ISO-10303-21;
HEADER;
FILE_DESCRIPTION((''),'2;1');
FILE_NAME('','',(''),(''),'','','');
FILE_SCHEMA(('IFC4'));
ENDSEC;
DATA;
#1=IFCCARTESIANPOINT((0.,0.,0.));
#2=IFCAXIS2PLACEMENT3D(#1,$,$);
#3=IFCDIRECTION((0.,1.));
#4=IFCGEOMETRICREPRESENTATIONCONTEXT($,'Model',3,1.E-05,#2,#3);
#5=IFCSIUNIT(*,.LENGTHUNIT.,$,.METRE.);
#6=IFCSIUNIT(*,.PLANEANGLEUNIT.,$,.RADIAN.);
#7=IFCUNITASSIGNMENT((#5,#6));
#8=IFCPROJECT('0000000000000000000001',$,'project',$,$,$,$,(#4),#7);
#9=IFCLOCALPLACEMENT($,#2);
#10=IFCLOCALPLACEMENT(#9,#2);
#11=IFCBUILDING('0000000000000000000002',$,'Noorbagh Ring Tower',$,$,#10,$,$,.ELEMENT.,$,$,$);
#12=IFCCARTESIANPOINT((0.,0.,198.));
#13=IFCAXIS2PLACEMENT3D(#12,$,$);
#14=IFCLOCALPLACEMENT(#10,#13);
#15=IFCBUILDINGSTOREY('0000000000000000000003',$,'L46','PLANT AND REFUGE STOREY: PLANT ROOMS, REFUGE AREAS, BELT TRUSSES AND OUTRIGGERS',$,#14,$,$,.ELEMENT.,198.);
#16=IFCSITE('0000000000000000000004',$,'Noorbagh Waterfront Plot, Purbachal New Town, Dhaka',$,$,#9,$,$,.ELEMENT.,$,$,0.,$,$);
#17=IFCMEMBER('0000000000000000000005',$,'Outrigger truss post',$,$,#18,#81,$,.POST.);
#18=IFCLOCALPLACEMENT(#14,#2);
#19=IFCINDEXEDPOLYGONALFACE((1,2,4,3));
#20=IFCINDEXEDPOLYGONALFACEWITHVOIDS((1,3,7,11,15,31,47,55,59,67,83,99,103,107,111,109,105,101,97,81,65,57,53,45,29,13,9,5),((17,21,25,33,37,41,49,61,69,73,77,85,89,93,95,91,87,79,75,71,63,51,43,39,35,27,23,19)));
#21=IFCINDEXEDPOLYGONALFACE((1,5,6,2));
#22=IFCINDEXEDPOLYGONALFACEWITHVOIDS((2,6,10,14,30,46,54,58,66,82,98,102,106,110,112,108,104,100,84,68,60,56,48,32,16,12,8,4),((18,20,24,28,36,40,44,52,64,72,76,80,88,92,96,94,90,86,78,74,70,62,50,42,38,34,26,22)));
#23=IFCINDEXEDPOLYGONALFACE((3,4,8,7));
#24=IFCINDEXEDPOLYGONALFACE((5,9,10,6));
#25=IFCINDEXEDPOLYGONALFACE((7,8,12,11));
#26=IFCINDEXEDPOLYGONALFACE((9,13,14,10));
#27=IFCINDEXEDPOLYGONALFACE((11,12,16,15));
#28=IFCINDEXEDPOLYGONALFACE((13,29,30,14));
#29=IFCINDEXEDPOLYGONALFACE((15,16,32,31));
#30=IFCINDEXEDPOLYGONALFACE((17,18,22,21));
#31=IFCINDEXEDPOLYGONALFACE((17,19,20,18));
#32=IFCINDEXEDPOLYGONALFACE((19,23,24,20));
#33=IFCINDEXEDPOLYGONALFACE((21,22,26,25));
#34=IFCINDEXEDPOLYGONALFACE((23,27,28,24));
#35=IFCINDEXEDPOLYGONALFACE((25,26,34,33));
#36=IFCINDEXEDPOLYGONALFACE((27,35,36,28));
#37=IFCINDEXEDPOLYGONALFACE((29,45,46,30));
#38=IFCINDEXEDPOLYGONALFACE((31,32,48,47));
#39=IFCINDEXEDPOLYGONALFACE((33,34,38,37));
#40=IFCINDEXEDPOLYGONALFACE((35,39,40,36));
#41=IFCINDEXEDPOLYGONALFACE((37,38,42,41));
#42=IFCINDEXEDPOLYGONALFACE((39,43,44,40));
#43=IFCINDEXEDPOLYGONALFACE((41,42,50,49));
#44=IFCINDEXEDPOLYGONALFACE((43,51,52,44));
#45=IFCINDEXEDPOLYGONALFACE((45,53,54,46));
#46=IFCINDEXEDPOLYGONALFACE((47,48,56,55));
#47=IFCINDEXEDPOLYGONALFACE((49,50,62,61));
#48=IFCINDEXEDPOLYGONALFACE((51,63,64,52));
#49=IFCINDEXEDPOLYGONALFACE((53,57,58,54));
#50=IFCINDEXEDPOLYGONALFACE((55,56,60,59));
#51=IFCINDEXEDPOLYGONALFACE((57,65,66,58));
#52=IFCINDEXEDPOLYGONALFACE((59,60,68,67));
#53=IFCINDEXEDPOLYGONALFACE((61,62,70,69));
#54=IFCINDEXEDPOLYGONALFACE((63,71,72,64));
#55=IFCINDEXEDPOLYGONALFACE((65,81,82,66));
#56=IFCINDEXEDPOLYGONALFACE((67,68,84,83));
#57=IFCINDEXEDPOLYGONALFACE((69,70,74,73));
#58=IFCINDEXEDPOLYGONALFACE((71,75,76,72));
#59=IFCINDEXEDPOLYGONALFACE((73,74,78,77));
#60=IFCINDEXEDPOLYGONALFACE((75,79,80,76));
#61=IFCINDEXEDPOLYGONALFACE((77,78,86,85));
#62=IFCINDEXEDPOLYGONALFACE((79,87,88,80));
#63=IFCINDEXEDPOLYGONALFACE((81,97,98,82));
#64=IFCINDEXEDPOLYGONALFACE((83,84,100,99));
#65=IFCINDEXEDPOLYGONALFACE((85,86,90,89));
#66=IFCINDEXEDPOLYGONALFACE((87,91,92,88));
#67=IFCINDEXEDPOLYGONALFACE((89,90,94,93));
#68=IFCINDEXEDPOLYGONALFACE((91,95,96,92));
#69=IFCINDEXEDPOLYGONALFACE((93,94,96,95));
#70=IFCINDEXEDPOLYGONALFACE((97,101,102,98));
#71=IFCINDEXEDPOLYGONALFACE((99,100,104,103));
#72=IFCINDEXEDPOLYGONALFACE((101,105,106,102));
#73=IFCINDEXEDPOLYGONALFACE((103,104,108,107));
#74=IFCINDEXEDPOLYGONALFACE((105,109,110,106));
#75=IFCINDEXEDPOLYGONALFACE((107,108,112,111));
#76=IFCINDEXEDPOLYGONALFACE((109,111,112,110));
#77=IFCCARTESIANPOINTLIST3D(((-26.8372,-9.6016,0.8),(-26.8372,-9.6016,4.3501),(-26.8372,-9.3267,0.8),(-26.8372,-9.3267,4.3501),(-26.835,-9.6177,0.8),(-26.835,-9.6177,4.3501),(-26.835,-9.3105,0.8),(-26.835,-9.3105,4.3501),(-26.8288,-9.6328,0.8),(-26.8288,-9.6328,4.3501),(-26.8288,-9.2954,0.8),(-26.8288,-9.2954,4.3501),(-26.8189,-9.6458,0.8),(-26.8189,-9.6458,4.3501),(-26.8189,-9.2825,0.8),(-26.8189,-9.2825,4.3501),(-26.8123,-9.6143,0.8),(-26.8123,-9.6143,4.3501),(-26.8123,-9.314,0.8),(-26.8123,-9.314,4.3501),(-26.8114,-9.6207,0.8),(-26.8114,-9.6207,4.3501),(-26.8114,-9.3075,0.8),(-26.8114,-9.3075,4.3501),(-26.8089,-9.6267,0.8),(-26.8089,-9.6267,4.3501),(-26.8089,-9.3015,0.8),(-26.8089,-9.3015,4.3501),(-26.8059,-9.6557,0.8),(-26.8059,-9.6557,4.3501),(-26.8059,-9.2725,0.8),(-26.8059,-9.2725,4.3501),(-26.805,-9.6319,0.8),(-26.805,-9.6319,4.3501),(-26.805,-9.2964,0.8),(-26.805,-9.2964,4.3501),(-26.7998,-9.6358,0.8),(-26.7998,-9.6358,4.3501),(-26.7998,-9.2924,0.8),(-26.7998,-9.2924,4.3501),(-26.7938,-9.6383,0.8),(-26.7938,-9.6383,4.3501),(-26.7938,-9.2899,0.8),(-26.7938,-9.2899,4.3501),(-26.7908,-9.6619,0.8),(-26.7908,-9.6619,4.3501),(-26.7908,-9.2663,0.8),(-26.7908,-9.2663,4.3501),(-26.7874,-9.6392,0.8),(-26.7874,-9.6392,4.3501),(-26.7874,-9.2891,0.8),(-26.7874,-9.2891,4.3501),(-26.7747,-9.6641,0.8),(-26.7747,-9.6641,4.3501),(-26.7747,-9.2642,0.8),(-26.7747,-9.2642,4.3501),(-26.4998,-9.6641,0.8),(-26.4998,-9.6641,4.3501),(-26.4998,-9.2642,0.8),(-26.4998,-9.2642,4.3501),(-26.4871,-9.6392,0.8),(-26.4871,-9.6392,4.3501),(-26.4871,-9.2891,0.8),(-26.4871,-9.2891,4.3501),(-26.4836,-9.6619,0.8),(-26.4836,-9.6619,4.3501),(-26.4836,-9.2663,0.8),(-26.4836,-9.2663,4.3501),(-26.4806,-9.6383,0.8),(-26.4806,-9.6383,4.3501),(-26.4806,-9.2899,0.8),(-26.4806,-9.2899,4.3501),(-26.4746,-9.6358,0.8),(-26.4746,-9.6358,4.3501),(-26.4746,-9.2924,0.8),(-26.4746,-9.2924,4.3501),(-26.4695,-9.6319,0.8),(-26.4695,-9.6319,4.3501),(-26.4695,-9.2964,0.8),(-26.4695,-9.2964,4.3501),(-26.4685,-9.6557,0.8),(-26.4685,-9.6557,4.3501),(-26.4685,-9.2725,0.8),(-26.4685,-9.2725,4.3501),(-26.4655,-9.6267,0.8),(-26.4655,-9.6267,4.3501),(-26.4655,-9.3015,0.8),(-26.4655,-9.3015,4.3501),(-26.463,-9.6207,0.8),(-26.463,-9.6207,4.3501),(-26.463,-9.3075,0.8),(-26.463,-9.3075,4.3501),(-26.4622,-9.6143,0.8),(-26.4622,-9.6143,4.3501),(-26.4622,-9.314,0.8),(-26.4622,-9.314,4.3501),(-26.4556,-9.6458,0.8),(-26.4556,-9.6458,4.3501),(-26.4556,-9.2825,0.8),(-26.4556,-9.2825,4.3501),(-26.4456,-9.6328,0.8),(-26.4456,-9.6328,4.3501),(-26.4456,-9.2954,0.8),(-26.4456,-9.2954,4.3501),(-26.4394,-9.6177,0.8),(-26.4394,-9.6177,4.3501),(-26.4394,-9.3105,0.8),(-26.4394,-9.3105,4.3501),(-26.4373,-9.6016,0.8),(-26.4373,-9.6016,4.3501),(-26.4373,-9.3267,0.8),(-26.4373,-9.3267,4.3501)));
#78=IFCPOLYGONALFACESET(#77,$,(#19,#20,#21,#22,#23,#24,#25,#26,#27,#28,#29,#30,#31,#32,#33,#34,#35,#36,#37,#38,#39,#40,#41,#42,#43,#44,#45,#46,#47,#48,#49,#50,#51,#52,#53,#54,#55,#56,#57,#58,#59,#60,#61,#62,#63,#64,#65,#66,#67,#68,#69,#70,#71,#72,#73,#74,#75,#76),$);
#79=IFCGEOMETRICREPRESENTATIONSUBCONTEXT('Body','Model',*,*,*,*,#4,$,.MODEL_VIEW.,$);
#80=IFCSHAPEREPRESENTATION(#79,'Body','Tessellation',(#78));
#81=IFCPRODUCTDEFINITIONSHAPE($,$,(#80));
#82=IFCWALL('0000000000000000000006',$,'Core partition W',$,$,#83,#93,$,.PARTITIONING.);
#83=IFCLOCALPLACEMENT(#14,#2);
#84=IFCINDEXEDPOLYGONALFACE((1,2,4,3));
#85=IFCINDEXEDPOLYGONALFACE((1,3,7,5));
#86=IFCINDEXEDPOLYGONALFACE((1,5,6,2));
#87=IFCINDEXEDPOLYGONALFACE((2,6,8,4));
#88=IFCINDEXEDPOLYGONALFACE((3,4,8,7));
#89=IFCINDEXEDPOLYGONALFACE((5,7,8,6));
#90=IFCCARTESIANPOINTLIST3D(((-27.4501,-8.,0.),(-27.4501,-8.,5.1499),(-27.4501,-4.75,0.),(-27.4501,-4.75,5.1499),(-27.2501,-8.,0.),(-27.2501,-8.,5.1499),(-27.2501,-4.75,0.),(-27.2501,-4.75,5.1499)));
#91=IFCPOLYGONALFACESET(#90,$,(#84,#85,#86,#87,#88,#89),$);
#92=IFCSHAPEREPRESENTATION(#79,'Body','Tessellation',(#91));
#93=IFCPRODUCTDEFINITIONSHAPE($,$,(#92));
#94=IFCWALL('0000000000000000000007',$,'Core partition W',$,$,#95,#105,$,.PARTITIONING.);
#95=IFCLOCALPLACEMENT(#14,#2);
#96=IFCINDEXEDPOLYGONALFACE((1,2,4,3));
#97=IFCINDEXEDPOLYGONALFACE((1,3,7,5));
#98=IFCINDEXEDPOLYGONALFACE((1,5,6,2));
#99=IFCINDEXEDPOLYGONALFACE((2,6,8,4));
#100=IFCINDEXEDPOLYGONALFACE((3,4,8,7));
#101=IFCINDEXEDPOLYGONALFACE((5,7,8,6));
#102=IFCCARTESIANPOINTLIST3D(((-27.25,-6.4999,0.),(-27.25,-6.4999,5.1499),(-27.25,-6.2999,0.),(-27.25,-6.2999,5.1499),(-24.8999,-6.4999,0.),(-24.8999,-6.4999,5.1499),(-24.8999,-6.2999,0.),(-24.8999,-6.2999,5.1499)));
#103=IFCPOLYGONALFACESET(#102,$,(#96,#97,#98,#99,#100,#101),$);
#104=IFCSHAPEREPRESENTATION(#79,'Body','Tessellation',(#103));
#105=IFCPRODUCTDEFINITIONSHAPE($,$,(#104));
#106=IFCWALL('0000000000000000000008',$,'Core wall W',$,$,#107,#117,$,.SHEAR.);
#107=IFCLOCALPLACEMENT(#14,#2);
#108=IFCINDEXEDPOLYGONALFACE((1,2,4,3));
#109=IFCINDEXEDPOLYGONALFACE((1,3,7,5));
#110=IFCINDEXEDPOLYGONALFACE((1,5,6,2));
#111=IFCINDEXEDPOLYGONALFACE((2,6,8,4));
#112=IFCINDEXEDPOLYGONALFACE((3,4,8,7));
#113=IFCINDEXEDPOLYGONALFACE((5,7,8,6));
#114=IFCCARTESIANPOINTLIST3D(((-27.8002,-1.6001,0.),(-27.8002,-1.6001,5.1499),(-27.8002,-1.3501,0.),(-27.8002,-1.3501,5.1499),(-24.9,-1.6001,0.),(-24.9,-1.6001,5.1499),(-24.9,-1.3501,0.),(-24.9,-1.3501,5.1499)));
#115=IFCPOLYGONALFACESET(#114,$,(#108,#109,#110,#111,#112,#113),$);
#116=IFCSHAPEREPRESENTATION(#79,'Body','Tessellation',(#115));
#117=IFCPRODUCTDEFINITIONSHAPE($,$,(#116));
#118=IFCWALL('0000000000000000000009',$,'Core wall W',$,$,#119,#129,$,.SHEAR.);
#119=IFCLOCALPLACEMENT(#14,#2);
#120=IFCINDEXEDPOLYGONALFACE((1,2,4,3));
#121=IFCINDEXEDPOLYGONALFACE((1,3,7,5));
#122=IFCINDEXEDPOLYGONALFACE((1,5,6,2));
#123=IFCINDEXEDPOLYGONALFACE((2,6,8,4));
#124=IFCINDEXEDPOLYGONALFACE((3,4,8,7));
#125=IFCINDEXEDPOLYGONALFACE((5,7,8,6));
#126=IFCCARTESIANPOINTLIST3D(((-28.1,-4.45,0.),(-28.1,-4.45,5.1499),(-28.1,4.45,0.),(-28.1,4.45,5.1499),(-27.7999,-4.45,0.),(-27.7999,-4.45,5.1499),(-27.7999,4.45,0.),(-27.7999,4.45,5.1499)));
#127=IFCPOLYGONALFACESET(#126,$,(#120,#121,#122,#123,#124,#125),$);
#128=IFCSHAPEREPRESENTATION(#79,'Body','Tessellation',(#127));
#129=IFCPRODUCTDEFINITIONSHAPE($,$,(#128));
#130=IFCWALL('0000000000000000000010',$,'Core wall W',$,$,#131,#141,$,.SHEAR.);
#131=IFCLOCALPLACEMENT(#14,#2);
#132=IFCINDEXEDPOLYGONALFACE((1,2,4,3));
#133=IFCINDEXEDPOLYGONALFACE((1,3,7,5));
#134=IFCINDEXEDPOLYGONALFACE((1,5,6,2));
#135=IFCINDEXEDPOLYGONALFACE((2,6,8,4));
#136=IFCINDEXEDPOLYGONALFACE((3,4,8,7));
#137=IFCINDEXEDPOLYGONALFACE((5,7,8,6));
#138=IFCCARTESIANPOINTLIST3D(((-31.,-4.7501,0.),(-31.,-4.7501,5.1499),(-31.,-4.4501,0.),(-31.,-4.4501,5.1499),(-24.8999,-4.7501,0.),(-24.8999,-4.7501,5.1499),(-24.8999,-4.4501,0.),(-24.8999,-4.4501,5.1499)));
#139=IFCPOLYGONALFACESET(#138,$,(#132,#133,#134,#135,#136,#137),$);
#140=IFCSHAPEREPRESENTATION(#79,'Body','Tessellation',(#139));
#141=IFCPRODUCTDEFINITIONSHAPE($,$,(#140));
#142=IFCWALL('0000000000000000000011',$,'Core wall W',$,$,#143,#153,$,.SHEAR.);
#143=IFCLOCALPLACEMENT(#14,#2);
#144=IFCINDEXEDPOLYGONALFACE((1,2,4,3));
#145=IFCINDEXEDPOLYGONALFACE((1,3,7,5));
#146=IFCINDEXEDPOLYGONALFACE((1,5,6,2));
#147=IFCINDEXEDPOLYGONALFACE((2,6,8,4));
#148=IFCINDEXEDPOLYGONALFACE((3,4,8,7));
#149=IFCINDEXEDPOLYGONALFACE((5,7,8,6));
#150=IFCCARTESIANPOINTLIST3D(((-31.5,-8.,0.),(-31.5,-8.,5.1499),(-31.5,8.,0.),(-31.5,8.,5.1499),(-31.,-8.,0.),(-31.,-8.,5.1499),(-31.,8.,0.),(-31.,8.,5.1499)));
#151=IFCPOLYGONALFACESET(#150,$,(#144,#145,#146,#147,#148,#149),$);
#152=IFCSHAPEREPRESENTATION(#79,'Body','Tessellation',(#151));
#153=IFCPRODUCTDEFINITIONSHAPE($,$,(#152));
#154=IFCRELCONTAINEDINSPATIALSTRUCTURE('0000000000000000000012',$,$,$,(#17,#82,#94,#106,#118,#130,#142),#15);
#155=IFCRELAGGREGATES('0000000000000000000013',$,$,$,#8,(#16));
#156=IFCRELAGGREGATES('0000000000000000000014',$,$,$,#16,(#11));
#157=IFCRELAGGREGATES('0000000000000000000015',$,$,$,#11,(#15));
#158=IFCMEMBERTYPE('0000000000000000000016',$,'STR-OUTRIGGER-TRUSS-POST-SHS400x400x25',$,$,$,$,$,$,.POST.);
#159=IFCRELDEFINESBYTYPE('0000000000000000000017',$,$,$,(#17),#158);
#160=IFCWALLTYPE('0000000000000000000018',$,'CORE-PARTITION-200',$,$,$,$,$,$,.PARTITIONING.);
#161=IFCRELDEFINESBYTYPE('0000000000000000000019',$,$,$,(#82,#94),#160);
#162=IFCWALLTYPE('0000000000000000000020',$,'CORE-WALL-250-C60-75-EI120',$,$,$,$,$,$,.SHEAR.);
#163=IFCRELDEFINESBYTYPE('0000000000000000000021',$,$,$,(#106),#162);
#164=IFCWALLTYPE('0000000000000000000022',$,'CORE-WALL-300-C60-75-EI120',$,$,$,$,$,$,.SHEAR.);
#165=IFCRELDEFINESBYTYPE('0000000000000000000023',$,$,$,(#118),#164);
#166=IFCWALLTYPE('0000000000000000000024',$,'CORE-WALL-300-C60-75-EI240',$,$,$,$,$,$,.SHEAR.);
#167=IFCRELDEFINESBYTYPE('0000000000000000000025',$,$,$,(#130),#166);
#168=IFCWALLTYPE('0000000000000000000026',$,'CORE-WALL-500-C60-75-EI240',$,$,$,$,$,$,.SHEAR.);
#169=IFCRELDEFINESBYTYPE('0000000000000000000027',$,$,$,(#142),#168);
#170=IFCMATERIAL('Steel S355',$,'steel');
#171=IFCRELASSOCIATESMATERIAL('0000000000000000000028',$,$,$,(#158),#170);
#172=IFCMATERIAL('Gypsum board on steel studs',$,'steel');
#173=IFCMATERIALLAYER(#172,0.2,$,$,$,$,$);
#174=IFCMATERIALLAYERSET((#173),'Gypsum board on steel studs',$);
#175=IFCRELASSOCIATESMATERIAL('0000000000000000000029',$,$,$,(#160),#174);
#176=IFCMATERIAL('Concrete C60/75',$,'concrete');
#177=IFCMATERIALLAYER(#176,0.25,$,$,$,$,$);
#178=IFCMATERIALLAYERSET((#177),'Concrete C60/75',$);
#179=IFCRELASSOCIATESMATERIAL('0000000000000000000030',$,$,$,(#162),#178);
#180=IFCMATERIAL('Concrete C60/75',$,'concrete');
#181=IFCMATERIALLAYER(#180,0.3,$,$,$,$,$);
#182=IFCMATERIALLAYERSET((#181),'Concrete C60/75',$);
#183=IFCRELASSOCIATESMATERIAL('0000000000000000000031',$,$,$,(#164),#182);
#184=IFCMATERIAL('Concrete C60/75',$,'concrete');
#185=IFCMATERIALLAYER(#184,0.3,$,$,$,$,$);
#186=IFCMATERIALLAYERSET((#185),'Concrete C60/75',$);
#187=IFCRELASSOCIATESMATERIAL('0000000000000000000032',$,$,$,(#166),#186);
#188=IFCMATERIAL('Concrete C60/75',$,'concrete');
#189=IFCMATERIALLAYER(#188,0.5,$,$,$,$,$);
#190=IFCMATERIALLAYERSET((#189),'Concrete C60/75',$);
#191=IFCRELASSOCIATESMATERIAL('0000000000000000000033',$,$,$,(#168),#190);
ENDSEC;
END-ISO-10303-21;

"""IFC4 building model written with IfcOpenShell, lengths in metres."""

from ifc_helpers import new_model, si_unit, direction, frame, frame_2d, origin, origin_2d, place, context, subcontext, project, spatial, rectangle, hollow_rectangle, extrude, material, layer, layer_set, material_profile, profile_set, type_object, element, save


model = new_model("IFC4")

# Units and contexts
model_context = context("Model", 3, precision=1e-05, world=origin(), true_north=direction((0.0, 1.0)))
body_context = subcontext(model_context, "Body", "Model", "MODEL_VIEW")
ifc_project = project(units=[si_unit("LENGTHUNIT", "METRE"), si_unit("PLANEANGLEUNIT", "RADIAN")], contexts=[model_context])

# Site, building, storey
site_placement = place(None, origin())
site = spatial("IfcSite", under=ifc_project, at=site_placement, Name="Noorbagh Waterfront Plot, Purbachal New Town, Dhaka", CompositionType="ELEMENT", RefElevation=0.0)
building_placement = place(site_placement, origin())
building = spatial("IfcBuilding", under=site, at=building_placement, Name="Noorbagh Ring Tower", CompositionType="ELEMENT")
storey_placement = place(building_placement, frame((0.0, 0.0, 198.0)))
storey = spatial("IfcBuildingStorey", under=building, at=storey_placement, Name="L46", Description="PLANT AND REFUGE STOREY: PLANT ROOMS, REFUGE AREAS, BELT TRUSSES AND OUTRIGGERS", CompositionType="ELEMENT", Elevation=198.0)

# Member
ifc_material_1 = material(Name="Steel S355", Category="steel")
ifc_material_profile_1 = material_profile(ifc_material_1, hollow_rectangle(XDim=0.3999, YDim=0.3999, WallThickness=0.0249, InnerFilletRadius=0.0249, OuterFilletRadius=0.0625, at=origin_2d()), Name="SHS400x400x25")
ifc_profile_set_1 = profile_set([ifc_material_profile_1], Name="Steel S355")
member_type_1 = type_object("IfcMemberType", Name="STR-OUTRIGGER-TRUSS-POST-SHS400x400x25", PredefinedType="POST", material=ifc_profile_set_1)
member_1_placement = place(storey_placement, frame((-26.6372, -9.4641, 0.8), z_axis=(0.0, 0.0, 1.0), x_axis=(1.0, 0.0, 0.0)))
element("IfcMember", 1, at=member_1_placement, inside=storey, type_object=member_type_1, Name="Outrigger truss post", PredefinedType="POST", context=body_context, shape_type="SweptSolid", body=[
    extrude(hollow_rectangle(XDim=0.3999, YDim=0.3999, WallThickness=0.0249, InnerFilletRadius=0.0249, OuterFilletRadius=0.0625, at=origin_2d()), origin(), (0.0, 0.0, 1.0), 3.55),
])

# Walls
ifc_material_2 = material(Name="Gypsum board on steel studs", Category="steel")
ifc_layer_1 = layer(ifc_material_2, 0.2)
ifc_layer_set_1 = layer_set([ifc_layer_1], Name="Gypsum board on steel studs")
wall_type_1 = type_object("IfcWallType", Name="CORE-PARTITION-200", PredefinedType="PARTITIONING", material=ifc_layer_set_1)
wall_1_placement = place(storey_placement, frame((-27.3501, -8.0, 0.0), z_axis=(0.0, 0.0, 1.0), x_axis=(0.0, 1.0, 0.0)))
element("IfcWall", 2, at=wall_1_placement, inside=storey, type_object=wall_type_1, Name="Core partition W", PredefinedType="PARTITIONING", context=body_context, shape_type="SweptSolid", body=[
    extrude(rectangle(XDim=3.25, YDim=0.2, at=frame_2d((1.625, 0.0))), origin(), (0.0, 0.0, 1.0), 5.1499),
])
wall_2_placement = place(storey_placement, frame((-24.8999, -6.3999, 0.0), z_axis=(0.0, 0.0, 1.0), x_axis=(-1.0, 0.0, 0.0)))
element("IfcWall", 3, at=wall_2_placement, inside=storey, type_object=wall_type_1, Name="Core partition W", PredefinedType="PARTITIONING", context=body_context, shape_type="SweptSolid", body=[
    extrude(rectangle(XDim=2.3501, YDim=0.2, at=frame_2d((1.175, 0.0))), origin(), (0.0, 0.0, 1.0), 5.1499),
])
ifc_material_3 = material(Name="Concrete C60/75", Category="concrete")
ifc_layer_2 = layer(ifc_material_3, 0.25)
ifc_layer_set_2 = layer_set([ifc_layer_2], Name="Concrete C60/75")
wall_type_2 = type_object("IfcWallType", Name="CORE-WALL-250-C60-75-EI120", PredefinedType="SHEAR", material=ifc_layer_set_2)
wall_3_placement = place(storey_placement, frame((-24.8999, -1.4751, 0.0), z_axis=(0.0, 0.0, 1.0), x_axis=(-1.0, 0.0, 0.0)))
element("IfcWall", 4, at=wall_3_placement, inside=storey, type_object=wall_type_2, Name="Core wall W", PredefinedType="SHEAR", context=body_context, shape_type="SweptSolid", body=[
    extrude(rectangle(XDim=2.9001, YDim=0.25, at=frame_2d((1.4502, 0.0))), origin(), (0.0, 0.0, 1.0), 5.1499),
])
ifc_material_4 = material(Name="Concrete C60/75", Category="concrete")
ifc_layer_3 = layer(ifc_material_4, 0.3)
ifc_layer_set_3 = layer_set([ifc_layer_3], Name="Concrete C60/75")
wall_type_3 = type_object("IfcWallType", Name="CORE-WALL-300-C60-75-EI120", PredefinedType="SHEAR", material=ifc_layer_set_3)
wall_4_placement = place(storey_placement, frame((-27.95, -4.45, 0.0), z_axis=(0.0, 0.0, 1.0), x_axis=(0.0, 1.0, 0.0)))
element("IfcWall", 5, at=wall_4_placement, inside=storey, type_object=wall_type_3, Name="Core wall W", PredefinedType="SHEAR", context=body_context, shape_type="SweptSolid", body=[
    extrude(rectangle(XDim=8.8999, YDim=0.3, at=frame_2d((4.45, 0.0))), origin(), (0.0, 0.0, 1.0), 5.1499),
])
ifc_material_5 = material(Name="Concrete C60/75", Category="concrete")
ifc_layer_4 = layer(ifc_material_5, 0.3)
ifc_layer_set_4 = layer_set([ifc_layer_4], Name="Concrete C60/75")
wall_type_4 = type_object("IfcWallType", Name="CORE-WALL-300-C60-75-EI240", PredefinedType="SHEAR", material=ifc_layer_set_4)
wall_5_placement = place(storey_placement, frame((-24.8999, -4.6001, 0.0), z_axis=(0.0, 0.0, 1.0), x_axis=(-1.0, 0.0, 0.0)))
element("IfcWall", 6, at=wall_5_placement, inside=storey, type_object=wall_type_4, Name="Core wall W", PredefinedType="SHEAR", context=body_context, shape_type="SweptSolid", body=[
    extrude(rectangle(XDim=6.1001, YDim=0.3, at=frame_2d((3.05, 0.0))), origin(), (0.0, 0.0, 1.0), 5.1499),
])
ifc_material_6 = material(Name="Concrete C60/75", Category="concrete")
ifc_layer_5 = layer(ifc_material_6, 0.5)
ifc_layer_set_5 = layer_set([ifc_layer_5], Name="Concrete C60/75")
wall_type_5 = type_object("IfcWallType", Name="CORE-WALL-500-C60-75-EI240", PredefinedType="SHEAR", material=ifc_layer_set_5)
wall_6_placement = place(storey_placement, frame((-31.25, -8.0, 0.0), z_axis=(0.0, 0.0, 1.0), x_axis=(0.0, 1.0, 0.0)))
element("IfcWall", 7, at=wall_6_placement, inside=storey, type_object=wall_type_5, Name="Core wall W", PredefinedType="SHEAR", context=body_context, shape_type="SweptSolid", body=[
    extrude(rectangle(XDim=16.0, YDim=0.5, at=frame_2d((8.0, 0.0))), origin(), (0.0, 0.0, 1.0), 5.1499),
])

save(model, "model.ifc")
